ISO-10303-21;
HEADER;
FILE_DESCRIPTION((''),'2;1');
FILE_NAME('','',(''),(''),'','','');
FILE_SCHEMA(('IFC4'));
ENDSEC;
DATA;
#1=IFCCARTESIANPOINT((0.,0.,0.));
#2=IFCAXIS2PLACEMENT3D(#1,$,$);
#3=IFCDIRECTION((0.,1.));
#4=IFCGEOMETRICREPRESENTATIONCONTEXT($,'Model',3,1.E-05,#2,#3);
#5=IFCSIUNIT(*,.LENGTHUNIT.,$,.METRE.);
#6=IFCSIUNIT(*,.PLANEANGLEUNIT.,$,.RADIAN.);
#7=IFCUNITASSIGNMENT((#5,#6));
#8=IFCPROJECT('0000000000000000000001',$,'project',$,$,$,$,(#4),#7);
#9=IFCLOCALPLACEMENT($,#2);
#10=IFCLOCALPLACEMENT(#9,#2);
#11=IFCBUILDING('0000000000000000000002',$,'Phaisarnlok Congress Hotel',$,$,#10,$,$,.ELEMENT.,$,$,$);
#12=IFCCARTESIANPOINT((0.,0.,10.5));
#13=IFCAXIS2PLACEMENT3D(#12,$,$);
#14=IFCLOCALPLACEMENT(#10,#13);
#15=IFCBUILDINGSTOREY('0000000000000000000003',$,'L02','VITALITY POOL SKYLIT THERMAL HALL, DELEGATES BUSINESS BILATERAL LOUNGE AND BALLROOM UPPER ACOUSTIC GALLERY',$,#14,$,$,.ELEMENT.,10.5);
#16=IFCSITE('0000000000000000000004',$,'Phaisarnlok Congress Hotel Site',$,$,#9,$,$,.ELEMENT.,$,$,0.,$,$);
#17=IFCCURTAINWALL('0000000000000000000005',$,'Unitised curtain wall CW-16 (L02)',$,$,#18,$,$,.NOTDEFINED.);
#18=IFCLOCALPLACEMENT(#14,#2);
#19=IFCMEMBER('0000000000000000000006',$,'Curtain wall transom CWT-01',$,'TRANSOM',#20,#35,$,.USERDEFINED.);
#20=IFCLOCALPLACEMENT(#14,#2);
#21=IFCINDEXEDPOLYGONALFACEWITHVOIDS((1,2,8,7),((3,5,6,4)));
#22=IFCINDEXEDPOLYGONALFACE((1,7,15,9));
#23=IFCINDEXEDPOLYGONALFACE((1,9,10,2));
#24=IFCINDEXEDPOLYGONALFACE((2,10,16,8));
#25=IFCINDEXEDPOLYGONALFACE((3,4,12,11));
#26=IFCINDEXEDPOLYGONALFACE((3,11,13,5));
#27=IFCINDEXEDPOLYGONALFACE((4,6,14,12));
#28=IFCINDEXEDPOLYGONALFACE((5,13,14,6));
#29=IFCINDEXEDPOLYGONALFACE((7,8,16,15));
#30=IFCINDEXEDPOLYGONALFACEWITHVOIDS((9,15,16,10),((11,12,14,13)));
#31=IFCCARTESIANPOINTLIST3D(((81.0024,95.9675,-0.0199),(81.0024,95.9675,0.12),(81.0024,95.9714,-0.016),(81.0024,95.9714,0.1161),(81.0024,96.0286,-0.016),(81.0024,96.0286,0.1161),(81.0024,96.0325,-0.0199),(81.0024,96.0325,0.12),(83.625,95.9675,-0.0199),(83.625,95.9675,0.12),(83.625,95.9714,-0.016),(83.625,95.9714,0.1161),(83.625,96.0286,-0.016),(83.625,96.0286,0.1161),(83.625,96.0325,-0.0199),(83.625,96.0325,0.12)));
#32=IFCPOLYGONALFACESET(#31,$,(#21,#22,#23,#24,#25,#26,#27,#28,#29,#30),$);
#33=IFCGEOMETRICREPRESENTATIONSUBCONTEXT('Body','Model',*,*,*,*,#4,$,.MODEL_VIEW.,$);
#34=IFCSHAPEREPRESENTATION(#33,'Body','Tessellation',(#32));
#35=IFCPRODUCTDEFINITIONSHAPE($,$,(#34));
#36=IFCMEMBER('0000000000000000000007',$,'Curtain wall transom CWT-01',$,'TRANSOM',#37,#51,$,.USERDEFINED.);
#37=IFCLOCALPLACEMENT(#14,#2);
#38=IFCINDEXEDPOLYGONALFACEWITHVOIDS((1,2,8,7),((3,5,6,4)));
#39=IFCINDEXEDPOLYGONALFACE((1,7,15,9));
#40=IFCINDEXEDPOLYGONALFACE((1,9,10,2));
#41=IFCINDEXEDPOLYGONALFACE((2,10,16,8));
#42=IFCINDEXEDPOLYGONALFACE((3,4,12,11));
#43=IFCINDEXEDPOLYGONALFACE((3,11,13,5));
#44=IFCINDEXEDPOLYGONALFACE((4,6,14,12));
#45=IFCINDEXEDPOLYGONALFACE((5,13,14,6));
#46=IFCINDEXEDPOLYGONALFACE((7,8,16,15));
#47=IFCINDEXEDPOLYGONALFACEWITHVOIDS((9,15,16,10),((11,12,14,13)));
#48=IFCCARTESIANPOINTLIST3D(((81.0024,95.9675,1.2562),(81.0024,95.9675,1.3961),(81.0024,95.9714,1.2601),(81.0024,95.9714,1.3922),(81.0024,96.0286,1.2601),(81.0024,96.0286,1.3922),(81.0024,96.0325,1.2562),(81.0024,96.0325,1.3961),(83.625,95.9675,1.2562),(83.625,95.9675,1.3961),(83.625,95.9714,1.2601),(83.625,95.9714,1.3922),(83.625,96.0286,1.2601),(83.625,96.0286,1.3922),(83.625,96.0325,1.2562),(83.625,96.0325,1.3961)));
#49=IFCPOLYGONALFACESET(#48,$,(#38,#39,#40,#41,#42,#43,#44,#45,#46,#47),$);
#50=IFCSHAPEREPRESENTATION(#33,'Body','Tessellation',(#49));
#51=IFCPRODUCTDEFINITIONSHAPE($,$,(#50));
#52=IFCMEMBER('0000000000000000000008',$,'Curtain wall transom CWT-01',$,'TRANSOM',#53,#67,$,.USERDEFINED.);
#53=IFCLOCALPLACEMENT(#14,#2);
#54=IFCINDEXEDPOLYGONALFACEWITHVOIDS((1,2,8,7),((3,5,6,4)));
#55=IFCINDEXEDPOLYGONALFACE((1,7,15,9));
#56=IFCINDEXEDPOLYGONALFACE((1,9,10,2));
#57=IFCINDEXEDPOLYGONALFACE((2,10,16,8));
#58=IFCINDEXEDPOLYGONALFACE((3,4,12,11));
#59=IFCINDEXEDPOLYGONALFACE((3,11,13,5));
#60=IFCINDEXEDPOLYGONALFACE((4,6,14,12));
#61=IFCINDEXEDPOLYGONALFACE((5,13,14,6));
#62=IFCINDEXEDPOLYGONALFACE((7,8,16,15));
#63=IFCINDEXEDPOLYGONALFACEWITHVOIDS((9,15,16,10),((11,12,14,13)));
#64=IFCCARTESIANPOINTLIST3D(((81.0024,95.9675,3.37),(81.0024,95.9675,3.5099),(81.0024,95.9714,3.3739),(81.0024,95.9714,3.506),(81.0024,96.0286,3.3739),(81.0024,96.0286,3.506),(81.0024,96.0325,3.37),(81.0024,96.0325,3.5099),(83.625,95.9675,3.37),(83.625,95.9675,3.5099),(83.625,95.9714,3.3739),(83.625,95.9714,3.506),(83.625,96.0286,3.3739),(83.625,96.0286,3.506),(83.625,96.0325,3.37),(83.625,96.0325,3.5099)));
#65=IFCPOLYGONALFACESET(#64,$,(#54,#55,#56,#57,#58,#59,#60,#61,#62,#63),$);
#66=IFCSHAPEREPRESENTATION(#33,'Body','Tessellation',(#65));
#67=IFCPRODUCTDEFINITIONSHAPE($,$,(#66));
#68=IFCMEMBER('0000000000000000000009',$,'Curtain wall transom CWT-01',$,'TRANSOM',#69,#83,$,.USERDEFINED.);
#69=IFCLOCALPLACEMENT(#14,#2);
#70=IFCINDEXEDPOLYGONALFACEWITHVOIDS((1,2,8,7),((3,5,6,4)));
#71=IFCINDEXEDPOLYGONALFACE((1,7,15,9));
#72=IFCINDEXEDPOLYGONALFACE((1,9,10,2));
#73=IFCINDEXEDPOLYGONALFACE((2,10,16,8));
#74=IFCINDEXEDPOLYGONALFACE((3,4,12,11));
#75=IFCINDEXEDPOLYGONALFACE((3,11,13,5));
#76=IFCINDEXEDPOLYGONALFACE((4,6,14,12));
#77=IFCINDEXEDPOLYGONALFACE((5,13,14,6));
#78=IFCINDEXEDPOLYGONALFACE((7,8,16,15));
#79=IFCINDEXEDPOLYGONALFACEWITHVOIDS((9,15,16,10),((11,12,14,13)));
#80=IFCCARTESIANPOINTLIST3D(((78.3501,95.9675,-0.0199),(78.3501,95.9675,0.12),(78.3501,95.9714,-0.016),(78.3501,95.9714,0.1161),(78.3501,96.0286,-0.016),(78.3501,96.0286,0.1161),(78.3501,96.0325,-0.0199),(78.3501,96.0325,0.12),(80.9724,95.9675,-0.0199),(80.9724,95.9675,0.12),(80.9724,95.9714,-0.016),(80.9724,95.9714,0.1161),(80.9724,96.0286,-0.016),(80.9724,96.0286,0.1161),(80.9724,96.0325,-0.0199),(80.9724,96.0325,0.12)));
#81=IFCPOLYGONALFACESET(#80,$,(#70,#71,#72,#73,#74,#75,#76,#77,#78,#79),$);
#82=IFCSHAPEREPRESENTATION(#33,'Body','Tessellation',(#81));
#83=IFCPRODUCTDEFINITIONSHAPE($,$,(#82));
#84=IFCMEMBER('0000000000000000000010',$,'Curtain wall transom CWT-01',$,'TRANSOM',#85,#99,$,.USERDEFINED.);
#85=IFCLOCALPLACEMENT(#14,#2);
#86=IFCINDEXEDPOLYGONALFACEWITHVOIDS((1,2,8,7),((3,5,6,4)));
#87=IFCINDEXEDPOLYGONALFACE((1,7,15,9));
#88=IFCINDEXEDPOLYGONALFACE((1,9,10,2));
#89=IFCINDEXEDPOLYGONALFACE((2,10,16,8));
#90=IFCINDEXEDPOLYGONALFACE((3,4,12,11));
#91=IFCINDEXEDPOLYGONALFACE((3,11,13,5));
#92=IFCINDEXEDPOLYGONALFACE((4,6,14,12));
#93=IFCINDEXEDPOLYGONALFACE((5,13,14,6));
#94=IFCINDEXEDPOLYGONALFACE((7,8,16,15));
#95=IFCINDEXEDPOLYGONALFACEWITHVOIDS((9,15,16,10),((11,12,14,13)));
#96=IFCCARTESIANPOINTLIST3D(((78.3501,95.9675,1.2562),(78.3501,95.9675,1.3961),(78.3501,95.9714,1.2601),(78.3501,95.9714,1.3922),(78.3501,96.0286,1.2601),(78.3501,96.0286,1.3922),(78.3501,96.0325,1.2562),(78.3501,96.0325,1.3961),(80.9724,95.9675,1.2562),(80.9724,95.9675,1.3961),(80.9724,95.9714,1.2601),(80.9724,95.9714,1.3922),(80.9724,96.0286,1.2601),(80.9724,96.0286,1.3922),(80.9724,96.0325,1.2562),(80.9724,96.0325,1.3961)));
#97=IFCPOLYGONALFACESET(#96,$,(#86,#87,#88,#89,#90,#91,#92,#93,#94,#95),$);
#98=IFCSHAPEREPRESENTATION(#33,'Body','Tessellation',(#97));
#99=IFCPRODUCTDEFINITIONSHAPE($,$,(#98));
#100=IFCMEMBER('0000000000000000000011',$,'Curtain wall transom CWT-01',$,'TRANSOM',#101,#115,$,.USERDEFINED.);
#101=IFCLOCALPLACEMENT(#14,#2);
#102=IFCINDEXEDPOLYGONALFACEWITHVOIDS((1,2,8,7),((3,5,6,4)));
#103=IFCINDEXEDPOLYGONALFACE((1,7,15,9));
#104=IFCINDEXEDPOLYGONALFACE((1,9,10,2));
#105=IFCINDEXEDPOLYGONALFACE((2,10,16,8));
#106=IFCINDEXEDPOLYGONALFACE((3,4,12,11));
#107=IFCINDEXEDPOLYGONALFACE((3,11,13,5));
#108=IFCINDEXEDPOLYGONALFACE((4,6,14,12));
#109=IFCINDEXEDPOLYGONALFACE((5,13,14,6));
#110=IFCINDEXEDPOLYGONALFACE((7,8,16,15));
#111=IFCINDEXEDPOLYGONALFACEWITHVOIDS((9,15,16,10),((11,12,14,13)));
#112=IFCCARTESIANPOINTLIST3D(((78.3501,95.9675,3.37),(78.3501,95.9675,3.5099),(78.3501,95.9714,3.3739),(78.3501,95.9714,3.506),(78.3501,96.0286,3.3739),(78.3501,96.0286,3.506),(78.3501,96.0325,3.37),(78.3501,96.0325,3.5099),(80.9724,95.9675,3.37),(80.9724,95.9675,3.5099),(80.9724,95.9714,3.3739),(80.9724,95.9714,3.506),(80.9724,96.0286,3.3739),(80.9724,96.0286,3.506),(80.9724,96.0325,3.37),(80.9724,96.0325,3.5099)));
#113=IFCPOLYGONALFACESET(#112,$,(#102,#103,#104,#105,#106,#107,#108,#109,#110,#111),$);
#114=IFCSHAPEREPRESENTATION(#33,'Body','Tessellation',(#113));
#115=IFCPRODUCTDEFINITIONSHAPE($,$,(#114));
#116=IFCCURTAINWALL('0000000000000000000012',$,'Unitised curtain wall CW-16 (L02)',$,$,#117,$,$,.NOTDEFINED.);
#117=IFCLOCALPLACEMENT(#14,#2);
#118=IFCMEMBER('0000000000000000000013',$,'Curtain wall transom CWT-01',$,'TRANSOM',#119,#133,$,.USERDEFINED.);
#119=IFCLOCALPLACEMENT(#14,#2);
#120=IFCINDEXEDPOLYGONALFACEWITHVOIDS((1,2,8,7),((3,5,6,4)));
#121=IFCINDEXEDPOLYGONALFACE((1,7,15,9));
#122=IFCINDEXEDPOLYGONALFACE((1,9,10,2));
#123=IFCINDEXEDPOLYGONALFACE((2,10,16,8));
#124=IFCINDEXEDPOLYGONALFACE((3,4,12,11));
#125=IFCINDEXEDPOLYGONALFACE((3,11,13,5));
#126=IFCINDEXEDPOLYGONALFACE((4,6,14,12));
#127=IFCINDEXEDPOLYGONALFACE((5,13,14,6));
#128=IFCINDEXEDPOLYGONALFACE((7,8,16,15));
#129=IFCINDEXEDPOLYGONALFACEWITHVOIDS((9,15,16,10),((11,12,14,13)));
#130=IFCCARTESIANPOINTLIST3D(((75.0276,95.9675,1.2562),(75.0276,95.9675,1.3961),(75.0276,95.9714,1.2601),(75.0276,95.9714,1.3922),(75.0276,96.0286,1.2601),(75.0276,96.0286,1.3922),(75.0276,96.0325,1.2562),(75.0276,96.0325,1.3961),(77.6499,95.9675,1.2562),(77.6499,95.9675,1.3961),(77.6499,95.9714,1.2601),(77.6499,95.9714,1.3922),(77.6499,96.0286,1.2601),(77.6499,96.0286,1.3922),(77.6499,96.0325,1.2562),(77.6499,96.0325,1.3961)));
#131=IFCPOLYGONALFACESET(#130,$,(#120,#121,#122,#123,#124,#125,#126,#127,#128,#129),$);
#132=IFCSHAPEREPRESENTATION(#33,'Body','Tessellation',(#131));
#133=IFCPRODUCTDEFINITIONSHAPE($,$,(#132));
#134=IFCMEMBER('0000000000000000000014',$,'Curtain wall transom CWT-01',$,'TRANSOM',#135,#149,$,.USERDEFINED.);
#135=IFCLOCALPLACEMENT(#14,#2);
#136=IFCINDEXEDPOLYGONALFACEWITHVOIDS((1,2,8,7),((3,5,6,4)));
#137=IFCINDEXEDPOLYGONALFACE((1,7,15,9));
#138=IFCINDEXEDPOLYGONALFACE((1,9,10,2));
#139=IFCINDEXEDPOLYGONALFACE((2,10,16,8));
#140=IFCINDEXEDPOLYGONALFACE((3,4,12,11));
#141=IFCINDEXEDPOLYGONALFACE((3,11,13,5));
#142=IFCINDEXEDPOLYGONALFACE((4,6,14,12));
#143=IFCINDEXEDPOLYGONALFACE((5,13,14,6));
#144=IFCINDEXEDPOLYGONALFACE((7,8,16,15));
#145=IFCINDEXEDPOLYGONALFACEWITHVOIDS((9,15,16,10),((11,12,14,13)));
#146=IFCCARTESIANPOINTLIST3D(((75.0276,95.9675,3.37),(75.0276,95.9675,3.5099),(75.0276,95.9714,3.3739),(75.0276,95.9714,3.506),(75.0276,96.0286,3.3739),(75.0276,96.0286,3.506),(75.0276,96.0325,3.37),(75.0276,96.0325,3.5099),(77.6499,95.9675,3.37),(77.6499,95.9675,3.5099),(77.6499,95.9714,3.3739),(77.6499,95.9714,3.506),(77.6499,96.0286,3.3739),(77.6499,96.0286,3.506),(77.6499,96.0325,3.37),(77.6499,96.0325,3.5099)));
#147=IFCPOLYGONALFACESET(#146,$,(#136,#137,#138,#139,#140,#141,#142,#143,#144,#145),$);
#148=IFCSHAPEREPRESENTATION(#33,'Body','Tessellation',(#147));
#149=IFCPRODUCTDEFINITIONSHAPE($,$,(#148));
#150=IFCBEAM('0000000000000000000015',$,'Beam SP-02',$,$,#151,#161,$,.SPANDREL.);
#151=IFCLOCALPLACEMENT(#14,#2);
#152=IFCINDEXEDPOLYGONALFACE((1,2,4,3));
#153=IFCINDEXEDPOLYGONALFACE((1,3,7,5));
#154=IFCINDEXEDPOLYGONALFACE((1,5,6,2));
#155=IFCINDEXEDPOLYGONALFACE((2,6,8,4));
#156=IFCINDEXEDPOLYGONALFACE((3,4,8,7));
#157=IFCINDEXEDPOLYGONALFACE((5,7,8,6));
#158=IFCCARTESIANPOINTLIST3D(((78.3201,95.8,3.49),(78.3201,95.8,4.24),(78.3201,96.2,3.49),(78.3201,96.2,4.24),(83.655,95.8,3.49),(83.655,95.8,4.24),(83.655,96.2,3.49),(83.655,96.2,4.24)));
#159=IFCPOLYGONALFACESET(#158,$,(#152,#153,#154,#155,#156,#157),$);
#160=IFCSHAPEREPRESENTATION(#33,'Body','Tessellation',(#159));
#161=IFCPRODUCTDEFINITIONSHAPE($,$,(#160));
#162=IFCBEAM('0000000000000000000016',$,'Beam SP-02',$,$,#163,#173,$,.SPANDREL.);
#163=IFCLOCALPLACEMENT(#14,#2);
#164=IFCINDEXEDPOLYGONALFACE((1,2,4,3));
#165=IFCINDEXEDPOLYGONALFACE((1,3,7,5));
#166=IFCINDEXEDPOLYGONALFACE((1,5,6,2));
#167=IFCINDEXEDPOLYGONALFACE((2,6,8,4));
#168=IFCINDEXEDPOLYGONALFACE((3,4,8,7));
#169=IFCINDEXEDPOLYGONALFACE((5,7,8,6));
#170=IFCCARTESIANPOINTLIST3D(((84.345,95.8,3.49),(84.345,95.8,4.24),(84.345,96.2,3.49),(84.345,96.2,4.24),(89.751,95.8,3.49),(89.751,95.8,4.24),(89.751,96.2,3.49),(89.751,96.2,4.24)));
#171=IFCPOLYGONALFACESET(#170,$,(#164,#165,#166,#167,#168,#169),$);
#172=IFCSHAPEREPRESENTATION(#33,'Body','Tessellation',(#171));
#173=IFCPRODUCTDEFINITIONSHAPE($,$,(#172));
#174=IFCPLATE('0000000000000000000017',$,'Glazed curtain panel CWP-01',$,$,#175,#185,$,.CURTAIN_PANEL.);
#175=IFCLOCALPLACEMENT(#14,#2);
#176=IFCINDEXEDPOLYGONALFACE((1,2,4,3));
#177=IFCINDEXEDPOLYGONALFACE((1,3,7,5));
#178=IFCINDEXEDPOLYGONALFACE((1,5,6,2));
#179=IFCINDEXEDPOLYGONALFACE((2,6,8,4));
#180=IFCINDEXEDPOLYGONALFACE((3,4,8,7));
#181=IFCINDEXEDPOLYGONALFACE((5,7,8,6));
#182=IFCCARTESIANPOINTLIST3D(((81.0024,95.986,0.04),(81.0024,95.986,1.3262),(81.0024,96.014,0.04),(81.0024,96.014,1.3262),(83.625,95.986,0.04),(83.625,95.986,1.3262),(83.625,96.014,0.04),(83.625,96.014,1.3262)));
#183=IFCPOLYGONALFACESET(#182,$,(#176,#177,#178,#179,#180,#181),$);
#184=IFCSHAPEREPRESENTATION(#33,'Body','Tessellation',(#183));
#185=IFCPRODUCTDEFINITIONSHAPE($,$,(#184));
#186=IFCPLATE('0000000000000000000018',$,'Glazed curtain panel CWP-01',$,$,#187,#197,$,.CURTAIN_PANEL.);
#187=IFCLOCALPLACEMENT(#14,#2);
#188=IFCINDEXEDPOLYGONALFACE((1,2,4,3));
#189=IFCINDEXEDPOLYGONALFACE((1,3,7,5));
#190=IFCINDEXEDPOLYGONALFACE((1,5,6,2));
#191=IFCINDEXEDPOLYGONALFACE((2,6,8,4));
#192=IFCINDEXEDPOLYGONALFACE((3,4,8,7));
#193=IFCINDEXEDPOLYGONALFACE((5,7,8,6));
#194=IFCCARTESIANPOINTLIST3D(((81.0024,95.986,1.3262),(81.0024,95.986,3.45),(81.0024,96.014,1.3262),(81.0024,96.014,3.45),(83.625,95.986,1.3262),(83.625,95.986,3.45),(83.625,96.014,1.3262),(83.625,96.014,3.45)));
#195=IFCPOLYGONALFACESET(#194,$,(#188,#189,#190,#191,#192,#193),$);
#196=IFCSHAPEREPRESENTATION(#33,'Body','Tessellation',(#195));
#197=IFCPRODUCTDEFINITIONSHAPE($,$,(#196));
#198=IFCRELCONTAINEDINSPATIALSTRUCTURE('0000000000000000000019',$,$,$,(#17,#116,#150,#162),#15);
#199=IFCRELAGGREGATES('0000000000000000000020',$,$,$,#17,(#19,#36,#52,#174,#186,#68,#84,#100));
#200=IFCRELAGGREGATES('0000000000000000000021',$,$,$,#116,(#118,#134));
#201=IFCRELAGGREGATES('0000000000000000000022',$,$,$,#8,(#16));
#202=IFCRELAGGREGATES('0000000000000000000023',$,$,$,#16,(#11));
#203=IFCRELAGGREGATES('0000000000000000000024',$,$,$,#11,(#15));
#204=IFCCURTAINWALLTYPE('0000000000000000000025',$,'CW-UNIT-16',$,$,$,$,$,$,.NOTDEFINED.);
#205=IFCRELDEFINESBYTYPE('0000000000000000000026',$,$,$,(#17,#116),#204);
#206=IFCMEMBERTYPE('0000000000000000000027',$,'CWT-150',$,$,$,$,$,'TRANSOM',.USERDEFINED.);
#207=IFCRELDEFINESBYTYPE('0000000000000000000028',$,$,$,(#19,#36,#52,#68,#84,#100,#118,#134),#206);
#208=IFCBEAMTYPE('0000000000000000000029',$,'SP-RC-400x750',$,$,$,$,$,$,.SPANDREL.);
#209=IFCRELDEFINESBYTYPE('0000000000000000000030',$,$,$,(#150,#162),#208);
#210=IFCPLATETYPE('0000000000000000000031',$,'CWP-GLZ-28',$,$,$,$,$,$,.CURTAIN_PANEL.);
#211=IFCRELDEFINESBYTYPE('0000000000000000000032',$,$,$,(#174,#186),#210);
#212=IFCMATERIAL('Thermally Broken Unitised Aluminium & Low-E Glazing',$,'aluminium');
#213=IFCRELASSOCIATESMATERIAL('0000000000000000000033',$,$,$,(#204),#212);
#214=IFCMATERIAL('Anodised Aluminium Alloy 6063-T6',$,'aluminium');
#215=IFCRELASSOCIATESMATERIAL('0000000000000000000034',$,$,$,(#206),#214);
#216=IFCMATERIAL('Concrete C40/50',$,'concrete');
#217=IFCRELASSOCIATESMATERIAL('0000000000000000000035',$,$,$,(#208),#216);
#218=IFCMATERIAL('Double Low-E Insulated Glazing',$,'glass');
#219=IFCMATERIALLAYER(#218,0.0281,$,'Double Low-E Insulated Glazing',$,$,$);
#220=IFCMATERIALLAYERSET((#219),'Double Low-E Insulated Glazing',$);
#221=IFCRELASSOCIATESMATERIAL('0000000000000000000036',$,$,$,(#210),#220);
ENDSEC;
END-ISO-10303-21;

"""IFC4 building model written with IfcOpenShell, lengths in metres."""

from ifc_helpers import new_model, si_unit, direction, frame, frame_2d, origin, origin_2d, place, context, subcontext, project, spatial, rectangle, hollow_rectangle, extrude, material, layer, layer_set, material_profile, profile_set, type_object, element, aggregate, save


model = new_model("IFC4")

# Units and contexts
model_context = context("Model", 3, precision=1e-05, world=origin(), true_north=direction((0.0, 1.0)))
body_context = subcontext(model_context, "Body", "Model", "MODEL_VIEW")
ifc_project = project(units=[si_unit("LENGTHUNIT", "METRE"), si_unit("PLANEANGLEUNIT", "RADIAN")], contexts=[model_context])

# Site, building, storey
site_placement = place(None, origin())
site = spatial("IfcSite", under=ifc_project, at=site_placement, Name="Phaisarnlok Congress Hotel Site", CompositionType="ELEMENT", RefElevation=0.0)
building_placement = place(site_placement, origin())
building = spatial("IfcBuilding", under=site, at=building_placement, Name="Phaisarnlok Congress Hotel", CompositionType="ELEMENT")
storey_placement = place(building_placement, frame((0.0, 0.0, 10.5)))
storey = spatial("IfcBuildingStorey", under=building, at=storey_placement, Name="L02", Description="VITALITY POOL SKYLIT THERMAL HALL, DELEGATES BUSINESS BILATERAL LOUNGE AND BALLROOM UPPER ACOUSTIC GALLERY", CompositionType="ELEMENT", Elevation=10.5)

# Shared definitions
ifc_material_1 = material(Name="Thermally Broken Unitised Aluminium & Low-E Glazing", Category="aluminium")
ifc_material_2 = material(Name="Anodised Aluminium Alloy 6063-T6", Category="aluminium")

# Curtain walls, members
curtain_wall_type_1 = type_object("IfcCurtainWallType", Name="CW-UNIT-16", PredefinedType="NOTDEFINED", material=ifc_material_1)
curtain_wall_1_placement = place(storey_placement, origin())
curtain_wall_1 = element("IfcCurtainWall", 1, at=curtain_wall_1_placement, inside=storey, type_object=curtain_wall_type_1, Name="Unitised curtain wall CW-16 (L02)", PredefinedType="NOTDEFINED")
ifc_material_profile_1 = material_profile(ifc_material_2, hollow_rectangle(XDim=0.0649, YDim=0.1399, WallThickness=0.0039, at=origin_2d()), Name="ALU-T 65x140x4")
ifc_profile_set_1 = profile_set([ifc_material_profile_1], Name="Anodised Aluminium Alloy 6063-T6")
member_type_1 = type_object("IfcMemberType", Name="CWT-150", ElementType="TRANSOM", PredefinedType="USERDEFINED", material=ifc_profile_set_1)
member_1_placement = place(storey_placement, frame((83.625, 96.0, 0.05), z_axis=(-1.0, 0.0, 0.0), x_axis=(0.0, -1.0, 0.0)))
member_1 = element("IfcMember", 2, at=member_1_placement, type_object=member_type_1, Name="Curtain wall transom CWT-01", ObjectType="TRANSOM", PredefinedType="USERDEFINED", context=body_context, shape_type="SweptSolid", body=[
    extrude(hollow_rectangle(XDim=0.0649, YDim=0.1399, WallThickness=0.0039, at=origin_2d()), origin(), (0.0, 0.0, 1.0), 2.6226),
])
member_2_placement = place(storey_placement, frame((83.625, 96.0, 1.3262), z_axis=(-1.0, 0.0, 0.0), x_axis=(0.0, -1.0, 0.0)))
member_2 = element("IfcMember", 3, at=member_2_placement, type_object=member_type_1, Name="Curtain wall transom CWT-01", ObjectType="TRANSOM", PredefinedType="USERDEFINED", context=body_context, shape_type="SweptSolid", body=[
    extrude(hollow_rectangle(XDim=0.0649, YDim=0.1399, WallThickness=0.0039, at=origin_2d()), origin(), (0.0, 0.0, 1.0), 2.6226),
])
member_3_placement = place(storey_placement, frame((83.625, 96.0, 3.4399), z_axis=(-1.0, 0.0, 0.0), x_axis=(0.0, -1.0, 0.0)))
member_3 = element("IfcMember", 4, at=member_3_placement, type_object=member_type_1, Name="Curtain wall transom CWT-01", ObjectType="TRANSOM", PredefinedType="USERDEFINED", context=body_context, shape_type="SweptSolid", body=[
    extrude(hollow_rectangle(XDim=0.0649, YDim=0.1399, WallThickness=0.0039, at=origin_2d()), origin(), (0.0, 0.0, 1.0), 2.6226),
])
member_4_placement = place(storey_placement, frame((80.9724, 96.0, 0.05), z_axis=(-1.0, 0.0, 0.0), x_axis=(0.0, -1.0, 0.0)))
member_4 = element("IfcMember", 5, at=member_4_placement, type_object=member_type_1, Name="Curtain wall transom CWT-01", ObjectType="TRANSOM", PredefinedType="USERDEFINED", context=body_context, shape_type="SweptSolid", body=[
    extrude(hollow_rectangle(XDim=0.0649, YDim=0.1399, WallThickness=0.0039, at=origin_2d()), origin(), (0.0, 0.0, 1.0), 2.6223),
])
member_5_placement = place(storey_placement, frame((80.9724, 96.0, 1.3262), z_axis=(-1.0, 0.0, 0.0), x_axis=(0.0, -1.0, 0.0)))
member_5 = element("IfcMember", 6, at=member_5_placement, type_object=member_type_1, Name="Curtain wall transom CWT-01", ObjectType="TRANSOM", PredefinedType="USERDEFINED", context=body_context, shape_type="SweptSolid", body=[
    extrude(hollow_rectangle(XDim=0.0649, YDim=0.1399, WallThickness=0.0039, at=origin_2d()), origin(), (0.0, 0.0, 1.0), 2.6223),
])
member_6_placement = place(storey_placement, frame((80.9724, 96.0, 3.4399), z_axis=(-1.0, 0.0, 0.0), x_axis=(0.0, -1.0, 0.0)))
member_6 = element("IfcMember", 7, at=member_6_placement, type_object=member_type_1, Name="Curtain wall transom CWT-01", ObjectType="TRANSOM", PredefinedType="USERDEFINED", context=body_context, shape_type="SweptSolid", body=[
    extrude(hollow_rectangle(XDim=0.0649, YDim=0.1399, WallThickness=0.0039, at=origin_2d()), origin(), (0.0, 0.0, 1.0), 2.6223),
])
curtain_wall_2_placement = place(storey_placement, origin())
curtain_wall_2 = element("IfcCurtainWall", 8, at=curtain_wall_2_placement, inside=storey, type_object=curtain_wall_type_1, Name="Unitised curtain wall CW-16 (L02)", PredefinedType="NOTDEFINED")
member_7_placement = place(storey_placement, frame((77.6499, 96.0, 1.3262), z_axis=(-1.0, 0.0, 0.0), x_axis=(0.0, -1.0, 0.0)))
member_7 = element("IfcMember", 9, at=member_7_placement, type_object=member_type_1, Name="Curtain wall transom CWT-01", ObjectType="TRANSOM", PredefinedType="USERDEFINED", context=body_context, shape_type="SweptSolid", body=[
    extrude(hollow_rectangle(XDim=0.0649, YDim=0.1399, WallThickness=0.0039, at=origin_2d()), origin(), (0.0, 0.0, 1.0), 2.6223),
])
member_8_placement = place(storey_placement, frame((77.6499, 96.0, 3.4399), z_axis=(-1.0, 0.0, 0.0), x_axis=(0.0, -1.0, 0.0)))
member_8 = element("IfcMember", 10, at=member_8_placement, type_object=member_type_1, Name="Curtain wall transom CWT-01", ObjectType="TRANSOM", PredefinedType="USERDEFINED", context=body_context, shape_type="SweptSolid", body=[
    extrude(hollow_rectangle(XDim=0.0649, YDim=0.1399, WallThickness=0.0039, at=origin_2d()), origin(), (0.0, 0.0, 1.0), 2.6223),
])

# Beams
ifc_material_3 = material(Name="Concrete C40/50", Category="concrete")
ifc_material_profile_2 = material_profile(ifc_material_3, rectangle(XDim=0.3999, YDim=0.75, at=origin_2d()), Name="RC 400x750")
ifc_profile_set_2 = profile_set([ifc_material_profile_2], Name="Concrete C40/50")
beam_type_1 = type_object("IfcBeamType", Name="SP-RC-400x750", PredefinedType="SPANDREL", material=ifc_profile_set_2)
beam_1_placement = place(storey_placement, frame((78.3201, 96.0, 3.865), z_axis=(1.0, 0.0, 0.0), x_axis=(0.0, 1.0, 0.0)))
element("IfcBeam", 11, at=beam_1_placement, inside=storey, type_object=beam_type_1, Name="Beam SP-02", PredefinedType="SPANDREL", context=body_context, shape_type="SweptSolid", body=[
    extrude(rectangle(XDim=0.3999, YDim=0.75, at=origin_2d()), origin(), (0.0, 0.0, 1.0), 5.335),
])
beam_2_placement = place(storey_placement, frame((84.345, 96.0, 3.865), z_axis=(1.0, 0.0, 0.0), x_axis=(0.0, 1.0, 0.0)))
element("IfcBeam", 12, at=beam_2_placement, inside=storey, type_object=beam_type_1, Name="Beam SP-02", PredefinedType="SPANDREL", context=body_context, shape_type="SweptSolid", body=[
    extrude(rectangle(XDim=0.3999, YDim=0.75, at=origin_2d()), origin(), (0.0, 0.0, 1.0), 5.406),
])

# Plates
ifc_material_4 = material(Name="Double Low-E Insulated Glazing", Category="glass")
ifc_layer = layer(ifc_material_4, 0.0281, Name="Double Low-E Insulated Glazing")
ifc_layer_set = layer_set([ifc_layer], Name="Double Low-E Insulated Glazing")
plate_type = type_object("IfcPlateType", Name="CWP-GLZ-28", PredefinedType="CURTAIN_PANEL", material=ifc_layer_set)
plate_1_placement = place(storey_placement, frame((83.625, 96.0, 0.04), z_axis=(0.0, 0.0, 1.0), x_axis=(-1.0, 0.0, 0.0)))
plate_1 = element("IfcPlate", 13, at=plate_1_placement, type_object=plate_type, Name="Glazed curtain panel CWP-01", PredefinedType="CURTAIN_PANEL", context=body_context, shape_type="SweptSolid", body=[
    extrude(rectangle(XDim=2.6226, YDim=0.0281, at=frame_2d((1.3113, 0.0))), origin(), (0.0, 0.0, 1.0), 1.2861),
])
plate_2_placement = place(storey_placement, frame((83.625, 96.0, 1.3262), z_axis=(0.0, 0.0, 1.0), x_axis=(-1.0, 0.0, 0.0)))
plate_2 = element("IfcPlate", 14, at=plate_2_placement, type_object=plate_type, Name="Glazed curtain panel CWP-01", PredefinedType="CURTAIN_PANEL", context=body_context, shape_type="SweptSolid", body=[
    extrude(rectangle(XDim=2.6226, YDim=0.0281, at=frame_2d((1.3113, 0.0))), origin(), (0.0, 0.0, 1.0), 2.1238),
])
aggregate(curtain_wall_1, [member_1, member_2, member_3, plate_1, plate_2, member_4, member_5, member_6])
aggregate(curtain_wall_2, [member_7, member_8])

save(model, "model.ifc")
